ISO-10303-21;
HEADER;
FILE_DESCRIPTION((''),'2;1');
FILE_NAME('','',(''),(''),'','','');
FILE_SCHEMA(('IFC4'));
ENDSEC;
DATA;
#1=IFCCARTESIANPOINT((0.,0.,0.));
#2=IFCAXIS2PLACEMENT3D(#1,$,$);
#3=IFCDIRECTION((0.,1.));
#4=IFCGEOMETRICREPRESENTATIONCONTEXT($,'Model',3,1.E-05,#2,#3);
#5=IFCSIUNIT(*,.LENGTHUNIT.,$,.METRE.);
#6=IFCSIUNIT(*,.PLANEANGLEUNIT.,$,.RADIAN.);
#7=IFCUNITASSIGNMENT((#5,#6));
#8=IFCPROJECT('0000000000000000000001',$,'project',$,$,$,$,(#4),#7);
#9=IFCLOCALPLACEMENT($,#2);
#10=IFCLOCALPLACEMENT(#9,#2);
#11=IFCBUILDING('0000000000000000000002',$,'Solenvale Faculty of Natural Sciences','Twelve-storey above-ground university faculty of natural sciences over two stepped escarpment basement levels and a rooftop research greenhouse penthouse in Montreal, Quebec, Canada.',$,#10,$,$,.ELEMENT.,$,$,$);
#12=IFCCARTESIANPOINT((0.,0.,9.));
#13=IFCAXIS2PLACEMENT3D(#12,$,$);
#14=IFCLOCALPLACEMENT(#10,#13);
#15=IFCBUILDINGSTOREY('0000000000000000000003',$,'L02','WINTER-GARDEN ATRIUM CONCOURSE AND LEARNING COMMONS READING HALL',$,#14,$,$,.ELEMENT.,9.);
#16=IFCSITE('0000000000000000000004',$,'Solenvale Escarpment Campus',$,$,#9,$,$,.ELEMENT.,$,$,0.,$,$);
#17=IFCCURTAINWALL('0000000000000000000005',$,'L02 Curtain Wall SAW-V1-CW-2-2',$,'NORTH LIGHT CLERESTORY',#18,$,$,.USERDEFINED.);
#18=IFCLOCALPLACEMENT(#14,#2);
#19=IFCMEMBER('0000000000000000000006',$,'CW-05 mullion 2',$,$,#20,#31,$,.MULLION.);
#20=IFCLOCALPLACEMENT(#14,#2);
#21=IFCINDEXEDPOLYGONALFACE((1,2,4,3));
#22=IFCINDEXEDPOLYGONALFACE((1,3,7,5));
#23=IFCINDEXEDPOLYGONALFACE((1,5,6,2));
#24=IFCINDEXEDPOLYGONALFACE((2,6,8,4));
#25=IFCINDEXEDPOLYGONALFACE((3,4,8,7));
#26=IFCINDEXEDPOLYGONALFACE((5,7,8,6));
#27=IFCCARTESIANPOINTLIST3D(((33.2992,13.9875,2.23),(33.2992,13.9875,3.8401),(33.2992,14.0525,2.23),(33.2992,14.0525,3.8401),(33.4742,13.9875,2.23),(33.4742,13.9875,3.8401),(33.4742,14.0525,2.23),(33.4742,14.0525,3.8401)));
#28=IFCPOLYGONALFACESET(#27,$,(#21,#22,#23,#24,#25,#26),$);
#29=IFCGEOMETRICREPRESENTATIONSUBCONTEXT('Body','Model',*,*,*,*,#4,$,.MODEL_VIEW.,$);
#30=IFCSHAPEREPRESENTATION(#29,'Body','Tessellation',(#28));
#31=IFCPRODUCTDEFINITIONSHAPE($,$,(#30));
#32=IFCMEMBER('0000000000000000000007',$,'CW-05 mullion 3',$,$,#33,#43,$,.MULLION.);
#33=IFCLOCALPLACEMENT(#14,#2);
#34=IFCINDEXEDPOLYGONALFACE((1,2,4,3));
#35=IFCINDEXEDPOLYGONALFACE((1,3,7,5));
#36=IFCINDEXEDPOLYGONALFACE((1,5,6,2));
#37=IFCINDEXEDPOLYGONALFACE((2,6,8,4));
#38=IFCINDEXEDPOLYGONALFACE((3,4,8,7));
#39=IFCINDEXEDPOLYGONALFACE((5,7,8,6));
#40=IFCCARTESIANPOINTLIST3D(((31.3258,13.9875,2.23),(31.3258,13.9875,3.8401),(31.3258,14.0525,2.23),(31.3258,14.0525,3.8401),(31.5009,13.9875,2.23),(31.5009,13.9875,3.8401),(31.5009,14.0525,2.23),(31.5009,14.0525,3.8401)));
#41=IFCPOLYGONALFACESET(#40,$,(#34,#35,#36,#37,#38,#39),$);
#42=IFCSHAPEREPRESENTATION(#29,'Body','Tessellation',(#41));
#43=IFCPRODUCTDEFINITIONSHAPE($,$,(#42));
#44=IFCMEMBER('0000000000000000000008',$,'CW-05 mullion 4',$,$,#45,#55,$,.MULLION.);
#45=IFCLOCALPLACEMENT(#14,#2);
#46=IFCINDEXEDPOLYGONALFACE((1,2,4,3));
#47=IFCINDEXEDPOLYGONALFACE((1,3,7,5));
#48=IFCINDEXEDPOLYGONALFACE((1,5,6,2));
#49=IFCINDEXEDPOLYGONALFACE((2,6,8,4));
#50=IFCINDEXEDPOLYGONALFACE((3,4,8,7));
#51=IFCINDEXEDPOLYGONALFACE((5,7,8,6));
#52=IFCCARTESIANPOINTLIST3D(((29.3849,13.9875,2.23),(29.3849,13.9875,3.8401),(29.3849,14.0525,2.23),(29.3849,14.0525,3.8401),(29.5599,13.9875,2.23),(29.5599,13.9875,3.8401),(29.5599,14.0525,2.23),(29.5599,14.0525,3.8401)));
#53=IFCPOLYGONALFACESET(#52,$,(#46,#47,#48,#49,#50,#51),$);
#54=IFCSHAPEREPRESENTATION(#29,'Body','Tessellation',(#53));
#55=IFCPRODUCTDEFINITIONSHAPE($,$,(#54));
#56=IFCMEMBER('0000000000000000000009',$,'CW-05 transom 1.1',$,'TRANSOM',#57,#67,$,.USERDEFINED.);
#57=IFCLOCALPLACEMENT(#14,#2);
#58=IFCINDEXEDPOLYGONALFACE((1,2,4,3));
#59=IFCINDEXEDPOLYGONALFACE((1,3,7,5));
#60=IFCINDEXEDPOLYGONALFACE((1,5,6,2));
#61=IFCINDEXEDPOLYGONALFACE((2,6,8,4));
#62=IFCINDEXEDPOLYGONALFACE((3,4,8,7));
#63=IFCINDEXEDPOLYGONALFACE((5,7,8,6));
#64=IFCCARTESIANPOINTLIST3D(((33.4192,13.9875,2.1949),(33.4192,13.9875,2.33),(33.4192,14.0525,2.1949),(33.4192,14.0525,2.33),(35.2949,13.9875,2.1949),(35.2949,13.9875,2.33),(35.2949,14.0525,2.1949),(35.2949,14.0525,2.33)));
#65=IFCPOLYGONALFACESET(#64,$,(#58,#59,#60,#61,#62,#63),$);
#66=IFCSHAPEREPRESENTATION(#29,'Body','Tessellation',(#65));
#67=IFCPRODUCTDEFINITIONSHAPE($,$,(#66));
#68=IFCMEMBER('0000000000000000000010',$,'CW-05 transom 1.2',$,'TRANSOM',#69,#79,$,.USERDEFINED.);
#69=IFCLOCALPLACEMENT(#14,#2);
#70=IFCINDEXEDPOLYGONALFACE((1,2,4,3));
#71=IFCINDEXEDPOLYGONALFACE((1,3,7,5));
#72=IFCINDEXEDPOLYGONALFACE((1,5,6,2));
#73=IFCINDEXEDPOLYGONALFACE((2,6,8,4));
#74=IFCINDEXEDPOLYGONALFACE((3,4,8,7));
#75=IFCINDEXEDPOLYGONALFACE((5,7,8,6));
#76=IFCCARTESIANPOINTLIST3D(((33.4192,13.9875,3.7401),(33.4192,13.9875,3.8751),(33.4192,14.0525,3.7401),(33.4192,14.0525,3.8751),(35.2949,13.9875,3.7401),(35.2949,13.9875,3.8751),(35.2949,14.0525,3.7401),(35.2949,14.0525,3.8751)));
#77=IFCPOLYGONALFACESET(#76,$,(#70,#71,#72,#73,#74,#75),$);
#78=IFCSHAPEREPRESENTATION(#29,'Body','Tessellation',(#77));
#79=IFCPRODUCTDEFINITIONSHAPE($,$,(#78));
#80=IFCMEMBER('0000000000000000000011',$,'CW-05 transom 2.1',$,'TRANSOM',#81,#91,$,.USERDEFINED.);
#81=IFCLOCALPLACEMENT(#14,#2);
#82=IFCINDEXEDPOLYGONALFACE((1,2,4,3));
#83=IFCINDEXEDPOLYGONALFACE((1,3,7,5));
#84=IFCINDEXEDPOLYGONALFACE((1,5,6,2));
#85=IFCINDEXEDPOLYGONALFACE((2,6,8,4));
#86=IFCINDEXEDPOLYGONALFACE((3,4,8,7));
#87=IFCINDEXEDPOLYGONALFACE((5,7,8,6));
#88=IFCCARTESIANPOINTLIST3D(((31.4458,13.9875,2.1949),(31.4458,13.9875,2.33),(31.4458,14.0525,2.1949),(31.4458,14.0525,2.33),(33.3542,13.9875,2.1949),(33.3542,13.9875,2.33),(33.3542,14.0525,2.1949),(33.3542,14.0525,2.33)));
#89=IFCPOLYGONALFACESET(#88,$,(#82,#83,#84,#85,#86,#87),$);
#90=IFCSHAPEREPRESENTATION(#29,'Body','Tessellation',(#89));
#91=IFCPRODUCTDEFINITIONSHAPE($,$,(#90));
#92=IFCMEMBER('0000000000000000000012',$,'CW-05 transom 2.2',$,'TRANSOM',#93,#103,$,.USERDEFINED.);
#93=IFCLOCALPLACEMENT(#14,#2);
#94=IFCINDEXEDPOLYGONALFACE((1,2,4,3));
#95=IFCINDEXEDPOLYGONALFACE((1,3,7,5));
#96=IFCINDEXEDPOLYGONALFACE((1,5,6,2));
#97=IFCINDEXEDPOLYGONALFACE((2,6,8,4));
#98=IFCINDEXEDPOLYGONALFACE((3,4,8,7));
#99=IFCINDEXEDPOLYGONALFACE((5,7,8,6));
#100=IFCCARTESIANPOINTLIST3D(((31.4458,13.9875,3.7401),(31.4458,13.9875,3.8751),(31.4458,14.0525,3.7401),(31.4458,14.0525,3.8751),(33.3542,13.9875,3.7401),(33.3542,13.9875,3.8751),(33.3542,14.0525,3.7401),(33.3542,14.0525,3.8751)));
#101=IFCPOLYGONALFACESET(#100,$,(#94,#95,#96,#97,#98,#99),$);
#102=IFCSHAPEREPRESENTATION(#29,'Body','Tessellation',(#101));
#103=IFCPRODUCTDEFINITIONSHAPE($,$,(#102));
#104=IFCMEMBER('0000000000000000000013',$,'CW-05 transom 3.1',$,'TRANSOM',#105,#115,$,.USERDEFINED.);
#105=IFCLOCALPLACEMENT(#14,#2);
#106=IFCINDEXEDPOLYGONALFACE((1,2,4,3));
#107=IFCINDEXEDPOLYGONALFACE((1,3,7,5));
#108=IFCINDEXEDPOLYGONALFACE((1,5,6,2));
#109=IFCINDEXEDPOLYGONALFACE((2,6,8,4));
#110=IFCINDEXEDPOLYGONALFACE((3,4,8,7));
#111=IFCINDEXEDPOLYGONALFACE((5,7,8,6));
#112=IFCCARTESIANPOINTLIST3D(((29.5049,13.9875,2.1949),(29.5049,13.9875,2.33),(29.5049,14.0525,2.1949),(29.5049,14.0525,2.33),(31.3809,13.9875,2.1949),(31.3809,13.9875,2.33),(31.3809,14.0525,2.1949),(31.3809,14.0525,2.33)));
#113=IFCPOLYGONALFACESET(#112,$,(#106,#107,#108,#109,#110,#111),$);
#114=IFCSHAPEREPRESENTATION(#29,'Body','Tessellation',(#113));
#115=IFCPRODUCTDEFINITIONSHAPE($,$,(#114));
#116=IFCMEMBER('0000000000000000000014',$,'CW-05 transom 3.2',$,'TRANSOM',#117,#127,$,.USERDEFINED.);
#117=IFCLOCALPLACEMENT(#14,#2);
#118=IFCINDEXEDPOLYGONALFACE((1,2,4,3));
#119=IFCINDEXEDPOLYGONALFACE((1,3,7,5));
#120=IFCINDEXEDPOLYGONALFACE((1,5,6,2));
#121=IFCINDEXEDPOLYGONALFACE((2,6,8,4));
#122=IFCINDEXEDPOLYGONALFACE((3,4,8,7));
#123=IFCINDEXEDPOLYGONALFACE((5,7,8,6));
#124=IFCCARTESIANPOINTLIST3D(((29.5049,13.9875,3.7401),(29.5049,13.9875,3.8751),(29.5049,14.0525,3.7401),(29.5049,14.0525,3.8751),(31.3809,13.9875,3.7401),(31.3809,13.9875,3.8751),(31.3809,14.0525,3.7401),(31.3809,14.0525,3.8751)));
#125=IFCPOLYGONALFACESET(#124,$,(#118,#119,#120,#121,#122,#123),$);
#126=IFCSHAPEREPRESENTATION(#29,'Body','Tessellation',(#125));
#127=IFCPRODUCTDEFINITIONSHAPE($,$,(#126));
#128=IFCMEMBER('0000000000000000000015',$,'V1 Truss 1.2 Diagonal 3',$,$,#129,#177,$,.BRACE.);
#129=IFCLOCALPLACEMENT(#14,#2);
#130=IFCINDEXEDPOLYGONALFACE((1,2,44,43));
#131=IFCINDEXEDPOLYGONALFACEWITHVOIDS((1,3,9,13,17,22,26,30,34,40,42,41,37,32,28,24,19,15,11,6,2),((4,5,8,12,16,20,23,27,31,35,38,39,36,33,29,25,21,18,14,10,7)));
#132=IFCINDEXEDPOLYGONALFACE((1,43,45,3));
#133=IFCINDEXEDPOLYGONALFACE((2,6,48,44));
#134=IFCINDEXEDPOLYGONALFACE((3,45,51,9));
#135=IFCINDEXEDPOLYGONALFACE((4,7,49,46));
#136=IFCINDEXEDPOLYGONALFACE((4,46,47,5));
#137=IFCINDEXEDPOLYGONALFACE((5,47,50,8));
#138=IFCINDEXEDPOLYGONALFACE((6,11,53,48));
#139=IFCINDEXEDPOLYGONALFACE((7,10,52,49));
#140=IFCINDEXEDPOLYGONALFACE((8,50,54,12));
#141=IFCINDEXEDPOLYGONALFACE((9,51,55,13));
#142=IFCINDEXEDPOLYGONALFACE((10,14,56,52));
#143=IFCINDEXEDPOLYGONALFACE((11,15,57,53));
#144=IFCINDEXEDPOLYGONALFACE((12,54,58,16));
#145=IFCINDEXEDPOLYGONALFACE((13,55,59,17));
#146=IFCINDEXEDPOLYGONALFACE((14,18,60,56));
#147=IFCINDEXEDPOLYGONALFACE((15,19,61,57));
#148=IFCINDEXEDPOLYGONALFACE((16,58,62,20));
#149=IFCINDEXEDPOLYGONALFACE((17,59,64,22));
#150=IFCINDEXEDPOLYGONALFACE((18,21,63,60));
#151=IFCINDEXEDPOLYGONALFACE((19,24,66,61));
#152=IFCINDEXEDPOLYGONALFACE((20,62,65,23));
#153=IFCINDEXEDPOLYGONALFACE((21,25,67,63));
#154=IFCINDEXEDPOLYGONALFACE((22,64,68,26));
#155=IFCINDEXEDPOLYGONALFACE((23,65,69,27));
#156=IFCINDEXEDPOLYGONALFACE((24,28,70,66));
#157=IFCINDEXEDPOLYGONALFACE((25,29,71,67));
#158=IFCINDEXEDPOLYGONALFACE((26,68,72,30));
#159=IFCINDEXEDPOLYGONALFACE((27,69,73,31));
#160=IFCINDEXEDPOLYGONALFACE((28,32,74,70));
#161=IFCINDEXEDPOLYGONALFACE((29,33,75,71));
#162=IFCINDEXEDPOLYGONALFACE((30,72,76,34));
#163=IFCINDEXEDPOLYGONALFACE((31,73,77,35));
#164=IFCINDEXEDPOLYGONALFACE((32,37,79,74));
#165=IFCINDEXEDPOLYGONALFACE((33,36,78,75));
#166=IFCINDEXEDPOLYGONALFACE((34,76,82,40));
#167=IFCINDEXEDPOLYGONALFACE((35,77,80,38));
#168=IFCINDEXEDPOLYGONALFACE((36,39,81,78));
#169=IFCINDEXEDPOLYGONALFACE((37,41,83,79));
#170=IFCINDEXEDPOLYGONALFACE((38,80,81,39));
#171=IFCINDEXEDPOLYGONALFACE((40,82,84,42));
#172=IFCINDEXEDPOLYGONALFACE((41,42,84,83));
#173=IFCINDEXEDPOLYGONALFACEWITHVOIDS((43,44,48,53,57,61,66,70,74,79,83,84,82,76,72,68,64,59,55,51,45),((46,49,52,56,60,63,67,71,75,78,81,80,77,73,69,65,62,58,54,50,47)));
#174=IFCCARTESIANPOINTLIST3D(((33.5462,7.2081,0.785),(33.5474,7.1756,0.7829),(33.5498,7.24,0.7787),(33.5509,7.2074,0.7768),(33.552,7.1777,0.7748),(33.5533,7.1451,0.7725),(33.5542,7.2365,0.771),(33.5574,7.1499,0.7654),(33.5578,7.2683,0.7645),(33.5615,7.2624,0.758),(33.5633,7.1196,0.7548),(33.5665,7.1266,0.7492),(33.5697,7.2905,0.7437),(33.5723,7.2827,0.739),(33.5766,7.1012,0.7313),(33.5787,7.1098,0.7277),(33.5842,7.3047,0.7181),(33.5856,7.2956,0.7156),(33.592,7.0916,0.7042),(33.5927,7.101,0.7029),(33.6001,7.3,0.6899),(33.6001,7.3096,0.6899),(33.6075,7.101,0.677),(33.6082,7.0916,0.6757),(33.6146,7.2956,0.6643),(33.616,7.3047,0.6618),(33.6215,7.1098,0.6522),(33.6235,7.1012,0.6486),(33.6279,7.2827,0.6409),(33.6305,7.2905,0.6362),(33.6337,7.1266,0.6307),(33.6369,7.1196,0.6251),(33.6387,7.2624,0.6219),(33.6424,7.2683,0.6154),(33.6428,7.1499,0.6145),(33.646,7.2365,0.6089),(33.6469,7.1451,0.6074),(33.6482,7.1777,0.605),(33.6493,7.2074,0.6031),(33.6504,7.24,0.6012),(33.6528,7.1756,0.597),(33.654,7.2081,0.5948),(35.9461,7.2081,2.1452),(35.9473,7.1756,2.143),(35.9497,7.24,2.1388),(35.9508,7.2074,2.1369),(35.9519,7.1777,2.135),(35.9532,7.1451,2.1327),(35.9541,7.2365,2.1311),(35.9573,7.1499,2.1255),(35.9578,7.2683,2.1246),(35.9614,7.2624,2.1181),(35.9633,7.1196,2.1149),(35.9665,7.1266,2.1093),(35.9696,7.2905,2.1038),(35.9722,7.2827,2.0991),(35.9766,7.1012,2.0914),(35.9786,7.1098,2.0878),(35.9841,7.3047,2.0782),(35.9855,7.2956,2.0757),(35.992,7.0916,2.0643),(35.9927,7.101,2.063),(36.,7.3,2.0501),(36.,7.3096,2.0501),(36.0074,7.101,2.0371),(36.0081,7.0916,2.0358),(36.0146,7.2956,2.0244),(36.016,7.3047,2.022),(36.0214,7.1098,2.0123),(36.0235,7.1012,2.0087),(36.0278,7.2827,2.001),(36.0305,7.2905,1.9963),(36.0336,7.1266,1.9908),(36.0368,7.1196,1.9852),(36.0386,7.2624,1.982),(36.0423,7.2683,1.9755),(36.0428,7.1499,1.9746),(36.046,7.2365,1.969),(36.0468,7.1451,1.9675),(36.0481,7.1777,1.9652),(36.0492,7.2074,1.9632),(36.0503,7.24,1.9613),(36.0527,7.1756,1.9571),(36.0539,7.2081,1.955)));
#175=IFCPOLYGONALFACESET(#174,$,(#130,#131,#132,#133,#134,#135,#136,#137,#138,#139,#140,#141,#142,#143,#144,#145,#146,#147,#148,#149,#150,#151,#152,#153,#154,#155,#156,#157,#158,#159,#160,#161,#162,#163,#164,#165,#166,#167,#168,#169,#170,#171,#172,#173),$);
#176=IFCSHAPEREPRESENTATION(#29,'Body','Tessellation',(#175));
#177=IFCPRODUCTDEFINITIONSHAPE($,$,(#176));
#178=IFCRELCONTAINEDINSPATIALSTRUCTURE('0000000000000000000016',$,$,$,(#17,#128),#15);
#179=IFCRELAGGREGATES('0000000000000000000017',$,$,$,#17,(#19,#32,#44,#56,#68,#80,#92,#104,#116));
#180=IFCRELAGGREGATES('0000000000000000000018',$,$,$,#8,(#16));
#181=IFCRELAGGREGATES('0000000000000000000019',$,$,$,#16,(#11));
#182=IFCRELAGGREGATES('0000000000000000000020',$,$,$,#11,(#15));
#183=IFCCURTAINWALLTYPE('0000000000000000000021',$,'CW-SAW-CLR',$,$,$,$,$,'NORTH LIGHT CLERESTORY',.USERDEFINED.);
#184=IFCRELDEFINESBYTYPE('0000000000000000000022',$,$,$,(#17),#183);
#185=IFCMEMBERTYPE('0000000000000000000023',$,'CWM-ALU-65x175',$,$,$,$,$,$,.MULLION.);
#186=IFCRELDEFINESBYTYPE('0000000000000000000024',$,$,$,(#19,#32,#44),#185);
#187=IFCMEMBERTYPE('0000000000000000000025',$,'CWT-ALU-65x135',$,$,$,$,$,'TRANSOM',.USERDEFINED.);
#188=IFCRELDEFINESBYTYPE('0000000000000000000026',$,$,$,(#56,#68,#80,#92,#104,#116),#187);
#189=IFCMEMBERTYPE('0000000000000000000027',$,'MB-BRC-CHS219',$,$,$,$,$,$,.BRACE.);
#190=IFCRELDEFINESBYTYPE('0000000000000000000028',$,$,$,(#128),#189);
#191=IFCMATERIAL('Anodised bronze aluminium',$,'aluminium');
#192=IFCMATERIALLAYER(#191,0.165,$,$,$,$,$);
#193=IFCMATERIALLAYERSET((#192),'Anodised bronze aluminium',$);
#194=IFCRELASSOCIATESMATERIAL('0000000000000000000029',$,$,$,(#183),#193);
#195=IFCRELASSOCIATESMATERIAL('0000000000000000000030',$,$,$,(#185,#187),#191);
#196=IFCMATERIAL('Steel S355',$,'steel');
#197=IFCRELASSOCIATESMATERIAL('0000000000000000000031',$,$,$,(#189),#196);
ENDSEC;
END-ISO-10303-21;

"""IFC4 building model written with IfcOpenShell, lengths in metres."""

from ifc_helpers import new_model, si_unit, direction, frame, origin, origin_2d, place, context, subcontext, project, spatial, rectangle, hollow_circle, extrude, material, layer, layer_set, material_profile, profile_set, type_object, element, aggregate, save


model = new_model("IFC4")

# Units and contexts
model_context = context("Model", 3, precision=1e-05, world=origin(), true_north=direction((0.0, 1.0)))
body_context = subcontext(model_context, "Body", "Model", "MODEL_VIEW")
ifc_project = project(units=[si_unit("LENGTHUNIT", "METRE"), si_unit("PLANEANGLEUNIT", "RADIAN")], contexts=[model_context])

# Site, building, storey
site_placement = place(None, origin())
site = spatial("IfcSite", under=ifc_project, at=site_placement, Name="Solenvale Escarpment Campus", CompositionType="ELEMENT", RefElevation=0.0)
building_placement = place(site_placement, origin())
building = spatial("IfcBuilding", under=site, at=building_placement, Name="Solenvale Faculty of Natural Sciences", Description="Twelve-storey above-ground university faculty of natural sciences over two stepped escarpment basement levels and a rooftop research greenhouse penthouse in Montreal, Quebec, Canada.", CompositionType="ELEMENT")
storey_placement = place(building_placement, frame((0.0, 0.0, 9.0)))
storey = spatial("IfcBuildingStorey", under=building, at=storey_placement, Name="L02", Description="WINTER-GARDEN ATRIUM CONCOURSE AND LEARNING COMMONS READING HALL", CompositionType="ELEMENT", Elevation=9.0)

# Shared definitions
ifc_material_1 = material(Name="Steel S355", Category="steel")

# Curtain wall, members
ifc_material_2 = material(Name="Anodised bronze aluminium", Category="aluminium")
ifc_layer_1 = layer(ifc_material_2, 0.165)
ifc_layer_set_1 = layer_set([ifc_layer_1], Name="Anodised bronze aluminium")
curtain_wall_type = type_object("IfcCurtainWallType", Name="CW-SAW-CLR", ElementType="NORTH LIGHT CLERESTORY", PredefinedType="USERDEFINED", material=ifc_layer_set_1)
curtain_wall_placement = place(storey_placement, origin())
curtain_wall = element("IfcCurtainWall", 1, at=curtain_wall_placement, inside=storey, type_object=curtain_wall_type, Name="L02 Curtain Wall SAW-V1-CW-2-2", ObjectType="NORTH LIGHT CLERESTORY", PredefinedType="USERDEFINED")
ifc_material_profile_1 = material_profile(ifc_material_2, rectangle(XDim=0.0649, YDim=0.175, at=origin_2d()), Name="ALU-MUL-65x175")
ifc_profile_set_1 = profile_set([ifc_material_profile_1], Name="Anodised bronze aluminium")
member_type_1 = type_object("IfcMemberType", Name="CWM-ALU-65x175", PredefinedType="MULLION", material=ifc_profile_set_1)
member_1_placement = place(storey_placement, frame((33.3867, 14.02, 2.23), z_axis=(0.0, 0.0, 1.0), x_axis=(0.0, -1.0, 0.0)))
member_1 = element("IfcMember", 2, at=member_1_placement, type_object=member_type_1, Name="CW-05 mullion 2", PredefinedType="MULLION", context=body_context, shape_type="SweptSolid", body=[
    extrude(rectangle(XDim=0.0649, YDim=0.175, at=origin_2d()), origin(), (0.0, 0.0, 1.0), 1.6101),
])
member_2_placement = place(storey_placement, frame((31.4133, 14.02, 2.23), z_axis=(0.0, 0.0, 1.0), x_axis=(0.0, -1.0, 0.0)))
member_2 = element("IfcMember", 3, at=member_2_placement, type_object=member_type_1, Name="CW-05 mullion 3", PredefinedType="MULLION", context=body_context, shape_type="SweptSolid", body=[
    extrude(rectangle(XDim=0.0649, YDim=0.175, at=origin_2d()), origin(), (0.0, 0.0, 1.0), 1.6101),
])
member_3_placement = place(storey_placement, frame((29.4724, 14.02, 2.23), z_axis=(0.0, 0.0, 1.0), x_axis=(0.0, -1.0, 0.0)))
member_3 = element("IfcMember", 4, at=member_3_placement, type_object=member_type_1, Name="CW-05 mullion 4", PredefinedType="MULLION", context=body_context, shape_type="SweptSolid", body=[
    extrude(rectangle(XDim=0.0649, YDim=0.175, at=origin_2d()), origin(), (0.0, 0.0, 1.0), 1.6101),
])
ifc_material_profile_2 = material_profile(ifc_material_2, rectangle(XDim=0.0649, YDim=0.135, at=origin_2d()), Name="ALU-TRN-65x135")
ifc_profile_set_2 = profile_set([ifc_material_profile_2], Name="Anodised bronze aluminium")
member_type_2 = type_object("IfcMemberType", Name="CWT-ALU-65x135", ElementType="TRANSOM", PredefinedType="USERDEFINED", material=ifc_profile_set_2)
member_4_placement = place(storey_placement, frame((35.2949, 14.02, 2.2625), z_axis=(-1.0, 0.0, 0.0), x_axis=(0.0, -1.0, 0.0)))
member_4 = element("IfcMember", 5, at=member_4_placement, type_object=member_type_2, Name="CW-05 transom 1.1", ObjectType="TRANSOM", PredefinedType="USERDEFINED", context=body_context, shape_type="SweptSolid", body=[
    extrude(rectangle(XDim=0.0649, YDim=0.135, at=origin_2d()), origin(), (0.0, 0.0, 1.0), 1.8757),
])
member_5_placement = place(storey_placement, frame((35.2949, 14.02, 3.8076), z_axis=(-1.0, 0.0, 0.0), x_axis=(0.0, -1.0, 0.0)))
member_5 = element("IfcMember", 6, at=member_5_placement, type_object=member_type_2, Name="CW-05 transom 1.2", ObjectType="TRANSOM", PredefinedType="USERDEFINED", context=body_context, shape_type="SweptSolid", body=[
    extrude(rectangle(XDim=0.0649, YDim=0.135, at=origin_2d()), origin(), (0.0, 0.0, 1.0), 1.8757),
])
member_6_placement = place(storey_placement, frame((33.3542, 14.02, 2.2625), z_axis=(-1.0, 0.0, 0.0), x_axis=(0.0, -1.0, 0.0)))
member_6 = element("IfcMember", 7, at=member_6_placement, type_object=member_type_2, Name="CW-05 transom 2.1", ObjectType="TRANSOM", PredefinedType="USERDEFINED", context=body_context, shape_type="SweptSolid", body=[
    extrude(rectangle(XDim=0.0649, YDim=0.135, at=origin_2d()), origin(), (0.0, 0.0, 1.0), 1.9084),
])
member_7_placement = place(storey_placement, frame((33.3542, 14.02, 3.8076), z_axis=(-1.0, 0.0, 0.0), x_axis=(0.0, -1.0, 0.0)))
member_7 = element("IfcMember", 8, at=member_7_placement, type_object=member_type_2, Name="CW-05 transom 2.2", ObjectType="TRANSOM", PredefinedType="USERDEFINED", context=body_context, shape_type="SweptSolid", body=[
    extrude(rectangle(XDim=0.0649, YDim=0.135, at=origin_2d()), origin(), (0.0, 0.0, 1.0), 1.9084),
])
member_8_placement = place(storey_placement, frame((31.3809, 14.02, 2.2625), z_axis=(-1.0, 0.0, 0.0), x_axis=(0.0, -1.0, 0.0)))
member_8 = element("IfcMember", 9, at=member_8_placement, type_object=member_type_2, Name="CW-05 transom 3.1", ObjectType="TRANSOM", PredefinedType="USERDEFINED", context=body_context, shape_type="SweptSolid", body=[
    extrude(rectangle(XDim=0.0649, YDim=0.135, at=origin_2d()), origin(), (0.0, 0.0, 1.0), 1.876),
])
member_9_placement = place(storey_placement, frame((31.3809, 14.02, 3.8076), z_axis=(-1.0, 0.0, 0.0), x_axis=(0.0, -1.0, 0.0)))
member_9 = element("IfcMember", 10, at=member_9_placement, type_object=member_type_2, Name="CW-05 transom 3.2", ObjectType="TRANSOM", PredefinedType="USERDEFINED", context=body_context, shape_type="SweptSolid", body=[
    extrude(rectangle(XDim=0.0649, YDim=0.135, at=origin_2d()), origin(), (0.0, 0.0, 1.0), 1.876),
])

# Member
ifc_material_profile_3 = material_profile(ifc_material_1, hollow_circle(Radius=0.1096, WallThickness=0.0095, at=origin_2d()), Name="HSS219x9.5")
ifc_profile_set_3 = profile_set([ifc_material_profile_3], Name="Steel S355")
member_type_3 = type_object("IfcMemberType", Name="MB-BRC-CHS219", PredefinedType="BRACE", material=ifc_profile_set_3)
member_10_placement = place(storey_placement, frame((33.6001, 7.2, 0.6899), z_axis=(0.869997, 0.0, 0.493057), x_axis=(0.0, 1.0, 0.0)))
element("IfcMember", 11, at=member_10_placement, inside=storey, type_object=member_type_3, Name="V1 Truss 1.2 Diagonal 3", PredefinedType="BRACE", context=body_context, shape_type="SweptSolid", body=[
    extrude(hollow_circle(Radius=0.1096, WallThickness=0.0095, at=origin_2d()), origin(), (0.0, 0.0, 1.0), 2.7585),
])

aggregate(curtain_wall, [member_1, member_2, member_3, member_4, member_5, member_6, member_7, member_8, member_9])

save(model, "model.ifc")
